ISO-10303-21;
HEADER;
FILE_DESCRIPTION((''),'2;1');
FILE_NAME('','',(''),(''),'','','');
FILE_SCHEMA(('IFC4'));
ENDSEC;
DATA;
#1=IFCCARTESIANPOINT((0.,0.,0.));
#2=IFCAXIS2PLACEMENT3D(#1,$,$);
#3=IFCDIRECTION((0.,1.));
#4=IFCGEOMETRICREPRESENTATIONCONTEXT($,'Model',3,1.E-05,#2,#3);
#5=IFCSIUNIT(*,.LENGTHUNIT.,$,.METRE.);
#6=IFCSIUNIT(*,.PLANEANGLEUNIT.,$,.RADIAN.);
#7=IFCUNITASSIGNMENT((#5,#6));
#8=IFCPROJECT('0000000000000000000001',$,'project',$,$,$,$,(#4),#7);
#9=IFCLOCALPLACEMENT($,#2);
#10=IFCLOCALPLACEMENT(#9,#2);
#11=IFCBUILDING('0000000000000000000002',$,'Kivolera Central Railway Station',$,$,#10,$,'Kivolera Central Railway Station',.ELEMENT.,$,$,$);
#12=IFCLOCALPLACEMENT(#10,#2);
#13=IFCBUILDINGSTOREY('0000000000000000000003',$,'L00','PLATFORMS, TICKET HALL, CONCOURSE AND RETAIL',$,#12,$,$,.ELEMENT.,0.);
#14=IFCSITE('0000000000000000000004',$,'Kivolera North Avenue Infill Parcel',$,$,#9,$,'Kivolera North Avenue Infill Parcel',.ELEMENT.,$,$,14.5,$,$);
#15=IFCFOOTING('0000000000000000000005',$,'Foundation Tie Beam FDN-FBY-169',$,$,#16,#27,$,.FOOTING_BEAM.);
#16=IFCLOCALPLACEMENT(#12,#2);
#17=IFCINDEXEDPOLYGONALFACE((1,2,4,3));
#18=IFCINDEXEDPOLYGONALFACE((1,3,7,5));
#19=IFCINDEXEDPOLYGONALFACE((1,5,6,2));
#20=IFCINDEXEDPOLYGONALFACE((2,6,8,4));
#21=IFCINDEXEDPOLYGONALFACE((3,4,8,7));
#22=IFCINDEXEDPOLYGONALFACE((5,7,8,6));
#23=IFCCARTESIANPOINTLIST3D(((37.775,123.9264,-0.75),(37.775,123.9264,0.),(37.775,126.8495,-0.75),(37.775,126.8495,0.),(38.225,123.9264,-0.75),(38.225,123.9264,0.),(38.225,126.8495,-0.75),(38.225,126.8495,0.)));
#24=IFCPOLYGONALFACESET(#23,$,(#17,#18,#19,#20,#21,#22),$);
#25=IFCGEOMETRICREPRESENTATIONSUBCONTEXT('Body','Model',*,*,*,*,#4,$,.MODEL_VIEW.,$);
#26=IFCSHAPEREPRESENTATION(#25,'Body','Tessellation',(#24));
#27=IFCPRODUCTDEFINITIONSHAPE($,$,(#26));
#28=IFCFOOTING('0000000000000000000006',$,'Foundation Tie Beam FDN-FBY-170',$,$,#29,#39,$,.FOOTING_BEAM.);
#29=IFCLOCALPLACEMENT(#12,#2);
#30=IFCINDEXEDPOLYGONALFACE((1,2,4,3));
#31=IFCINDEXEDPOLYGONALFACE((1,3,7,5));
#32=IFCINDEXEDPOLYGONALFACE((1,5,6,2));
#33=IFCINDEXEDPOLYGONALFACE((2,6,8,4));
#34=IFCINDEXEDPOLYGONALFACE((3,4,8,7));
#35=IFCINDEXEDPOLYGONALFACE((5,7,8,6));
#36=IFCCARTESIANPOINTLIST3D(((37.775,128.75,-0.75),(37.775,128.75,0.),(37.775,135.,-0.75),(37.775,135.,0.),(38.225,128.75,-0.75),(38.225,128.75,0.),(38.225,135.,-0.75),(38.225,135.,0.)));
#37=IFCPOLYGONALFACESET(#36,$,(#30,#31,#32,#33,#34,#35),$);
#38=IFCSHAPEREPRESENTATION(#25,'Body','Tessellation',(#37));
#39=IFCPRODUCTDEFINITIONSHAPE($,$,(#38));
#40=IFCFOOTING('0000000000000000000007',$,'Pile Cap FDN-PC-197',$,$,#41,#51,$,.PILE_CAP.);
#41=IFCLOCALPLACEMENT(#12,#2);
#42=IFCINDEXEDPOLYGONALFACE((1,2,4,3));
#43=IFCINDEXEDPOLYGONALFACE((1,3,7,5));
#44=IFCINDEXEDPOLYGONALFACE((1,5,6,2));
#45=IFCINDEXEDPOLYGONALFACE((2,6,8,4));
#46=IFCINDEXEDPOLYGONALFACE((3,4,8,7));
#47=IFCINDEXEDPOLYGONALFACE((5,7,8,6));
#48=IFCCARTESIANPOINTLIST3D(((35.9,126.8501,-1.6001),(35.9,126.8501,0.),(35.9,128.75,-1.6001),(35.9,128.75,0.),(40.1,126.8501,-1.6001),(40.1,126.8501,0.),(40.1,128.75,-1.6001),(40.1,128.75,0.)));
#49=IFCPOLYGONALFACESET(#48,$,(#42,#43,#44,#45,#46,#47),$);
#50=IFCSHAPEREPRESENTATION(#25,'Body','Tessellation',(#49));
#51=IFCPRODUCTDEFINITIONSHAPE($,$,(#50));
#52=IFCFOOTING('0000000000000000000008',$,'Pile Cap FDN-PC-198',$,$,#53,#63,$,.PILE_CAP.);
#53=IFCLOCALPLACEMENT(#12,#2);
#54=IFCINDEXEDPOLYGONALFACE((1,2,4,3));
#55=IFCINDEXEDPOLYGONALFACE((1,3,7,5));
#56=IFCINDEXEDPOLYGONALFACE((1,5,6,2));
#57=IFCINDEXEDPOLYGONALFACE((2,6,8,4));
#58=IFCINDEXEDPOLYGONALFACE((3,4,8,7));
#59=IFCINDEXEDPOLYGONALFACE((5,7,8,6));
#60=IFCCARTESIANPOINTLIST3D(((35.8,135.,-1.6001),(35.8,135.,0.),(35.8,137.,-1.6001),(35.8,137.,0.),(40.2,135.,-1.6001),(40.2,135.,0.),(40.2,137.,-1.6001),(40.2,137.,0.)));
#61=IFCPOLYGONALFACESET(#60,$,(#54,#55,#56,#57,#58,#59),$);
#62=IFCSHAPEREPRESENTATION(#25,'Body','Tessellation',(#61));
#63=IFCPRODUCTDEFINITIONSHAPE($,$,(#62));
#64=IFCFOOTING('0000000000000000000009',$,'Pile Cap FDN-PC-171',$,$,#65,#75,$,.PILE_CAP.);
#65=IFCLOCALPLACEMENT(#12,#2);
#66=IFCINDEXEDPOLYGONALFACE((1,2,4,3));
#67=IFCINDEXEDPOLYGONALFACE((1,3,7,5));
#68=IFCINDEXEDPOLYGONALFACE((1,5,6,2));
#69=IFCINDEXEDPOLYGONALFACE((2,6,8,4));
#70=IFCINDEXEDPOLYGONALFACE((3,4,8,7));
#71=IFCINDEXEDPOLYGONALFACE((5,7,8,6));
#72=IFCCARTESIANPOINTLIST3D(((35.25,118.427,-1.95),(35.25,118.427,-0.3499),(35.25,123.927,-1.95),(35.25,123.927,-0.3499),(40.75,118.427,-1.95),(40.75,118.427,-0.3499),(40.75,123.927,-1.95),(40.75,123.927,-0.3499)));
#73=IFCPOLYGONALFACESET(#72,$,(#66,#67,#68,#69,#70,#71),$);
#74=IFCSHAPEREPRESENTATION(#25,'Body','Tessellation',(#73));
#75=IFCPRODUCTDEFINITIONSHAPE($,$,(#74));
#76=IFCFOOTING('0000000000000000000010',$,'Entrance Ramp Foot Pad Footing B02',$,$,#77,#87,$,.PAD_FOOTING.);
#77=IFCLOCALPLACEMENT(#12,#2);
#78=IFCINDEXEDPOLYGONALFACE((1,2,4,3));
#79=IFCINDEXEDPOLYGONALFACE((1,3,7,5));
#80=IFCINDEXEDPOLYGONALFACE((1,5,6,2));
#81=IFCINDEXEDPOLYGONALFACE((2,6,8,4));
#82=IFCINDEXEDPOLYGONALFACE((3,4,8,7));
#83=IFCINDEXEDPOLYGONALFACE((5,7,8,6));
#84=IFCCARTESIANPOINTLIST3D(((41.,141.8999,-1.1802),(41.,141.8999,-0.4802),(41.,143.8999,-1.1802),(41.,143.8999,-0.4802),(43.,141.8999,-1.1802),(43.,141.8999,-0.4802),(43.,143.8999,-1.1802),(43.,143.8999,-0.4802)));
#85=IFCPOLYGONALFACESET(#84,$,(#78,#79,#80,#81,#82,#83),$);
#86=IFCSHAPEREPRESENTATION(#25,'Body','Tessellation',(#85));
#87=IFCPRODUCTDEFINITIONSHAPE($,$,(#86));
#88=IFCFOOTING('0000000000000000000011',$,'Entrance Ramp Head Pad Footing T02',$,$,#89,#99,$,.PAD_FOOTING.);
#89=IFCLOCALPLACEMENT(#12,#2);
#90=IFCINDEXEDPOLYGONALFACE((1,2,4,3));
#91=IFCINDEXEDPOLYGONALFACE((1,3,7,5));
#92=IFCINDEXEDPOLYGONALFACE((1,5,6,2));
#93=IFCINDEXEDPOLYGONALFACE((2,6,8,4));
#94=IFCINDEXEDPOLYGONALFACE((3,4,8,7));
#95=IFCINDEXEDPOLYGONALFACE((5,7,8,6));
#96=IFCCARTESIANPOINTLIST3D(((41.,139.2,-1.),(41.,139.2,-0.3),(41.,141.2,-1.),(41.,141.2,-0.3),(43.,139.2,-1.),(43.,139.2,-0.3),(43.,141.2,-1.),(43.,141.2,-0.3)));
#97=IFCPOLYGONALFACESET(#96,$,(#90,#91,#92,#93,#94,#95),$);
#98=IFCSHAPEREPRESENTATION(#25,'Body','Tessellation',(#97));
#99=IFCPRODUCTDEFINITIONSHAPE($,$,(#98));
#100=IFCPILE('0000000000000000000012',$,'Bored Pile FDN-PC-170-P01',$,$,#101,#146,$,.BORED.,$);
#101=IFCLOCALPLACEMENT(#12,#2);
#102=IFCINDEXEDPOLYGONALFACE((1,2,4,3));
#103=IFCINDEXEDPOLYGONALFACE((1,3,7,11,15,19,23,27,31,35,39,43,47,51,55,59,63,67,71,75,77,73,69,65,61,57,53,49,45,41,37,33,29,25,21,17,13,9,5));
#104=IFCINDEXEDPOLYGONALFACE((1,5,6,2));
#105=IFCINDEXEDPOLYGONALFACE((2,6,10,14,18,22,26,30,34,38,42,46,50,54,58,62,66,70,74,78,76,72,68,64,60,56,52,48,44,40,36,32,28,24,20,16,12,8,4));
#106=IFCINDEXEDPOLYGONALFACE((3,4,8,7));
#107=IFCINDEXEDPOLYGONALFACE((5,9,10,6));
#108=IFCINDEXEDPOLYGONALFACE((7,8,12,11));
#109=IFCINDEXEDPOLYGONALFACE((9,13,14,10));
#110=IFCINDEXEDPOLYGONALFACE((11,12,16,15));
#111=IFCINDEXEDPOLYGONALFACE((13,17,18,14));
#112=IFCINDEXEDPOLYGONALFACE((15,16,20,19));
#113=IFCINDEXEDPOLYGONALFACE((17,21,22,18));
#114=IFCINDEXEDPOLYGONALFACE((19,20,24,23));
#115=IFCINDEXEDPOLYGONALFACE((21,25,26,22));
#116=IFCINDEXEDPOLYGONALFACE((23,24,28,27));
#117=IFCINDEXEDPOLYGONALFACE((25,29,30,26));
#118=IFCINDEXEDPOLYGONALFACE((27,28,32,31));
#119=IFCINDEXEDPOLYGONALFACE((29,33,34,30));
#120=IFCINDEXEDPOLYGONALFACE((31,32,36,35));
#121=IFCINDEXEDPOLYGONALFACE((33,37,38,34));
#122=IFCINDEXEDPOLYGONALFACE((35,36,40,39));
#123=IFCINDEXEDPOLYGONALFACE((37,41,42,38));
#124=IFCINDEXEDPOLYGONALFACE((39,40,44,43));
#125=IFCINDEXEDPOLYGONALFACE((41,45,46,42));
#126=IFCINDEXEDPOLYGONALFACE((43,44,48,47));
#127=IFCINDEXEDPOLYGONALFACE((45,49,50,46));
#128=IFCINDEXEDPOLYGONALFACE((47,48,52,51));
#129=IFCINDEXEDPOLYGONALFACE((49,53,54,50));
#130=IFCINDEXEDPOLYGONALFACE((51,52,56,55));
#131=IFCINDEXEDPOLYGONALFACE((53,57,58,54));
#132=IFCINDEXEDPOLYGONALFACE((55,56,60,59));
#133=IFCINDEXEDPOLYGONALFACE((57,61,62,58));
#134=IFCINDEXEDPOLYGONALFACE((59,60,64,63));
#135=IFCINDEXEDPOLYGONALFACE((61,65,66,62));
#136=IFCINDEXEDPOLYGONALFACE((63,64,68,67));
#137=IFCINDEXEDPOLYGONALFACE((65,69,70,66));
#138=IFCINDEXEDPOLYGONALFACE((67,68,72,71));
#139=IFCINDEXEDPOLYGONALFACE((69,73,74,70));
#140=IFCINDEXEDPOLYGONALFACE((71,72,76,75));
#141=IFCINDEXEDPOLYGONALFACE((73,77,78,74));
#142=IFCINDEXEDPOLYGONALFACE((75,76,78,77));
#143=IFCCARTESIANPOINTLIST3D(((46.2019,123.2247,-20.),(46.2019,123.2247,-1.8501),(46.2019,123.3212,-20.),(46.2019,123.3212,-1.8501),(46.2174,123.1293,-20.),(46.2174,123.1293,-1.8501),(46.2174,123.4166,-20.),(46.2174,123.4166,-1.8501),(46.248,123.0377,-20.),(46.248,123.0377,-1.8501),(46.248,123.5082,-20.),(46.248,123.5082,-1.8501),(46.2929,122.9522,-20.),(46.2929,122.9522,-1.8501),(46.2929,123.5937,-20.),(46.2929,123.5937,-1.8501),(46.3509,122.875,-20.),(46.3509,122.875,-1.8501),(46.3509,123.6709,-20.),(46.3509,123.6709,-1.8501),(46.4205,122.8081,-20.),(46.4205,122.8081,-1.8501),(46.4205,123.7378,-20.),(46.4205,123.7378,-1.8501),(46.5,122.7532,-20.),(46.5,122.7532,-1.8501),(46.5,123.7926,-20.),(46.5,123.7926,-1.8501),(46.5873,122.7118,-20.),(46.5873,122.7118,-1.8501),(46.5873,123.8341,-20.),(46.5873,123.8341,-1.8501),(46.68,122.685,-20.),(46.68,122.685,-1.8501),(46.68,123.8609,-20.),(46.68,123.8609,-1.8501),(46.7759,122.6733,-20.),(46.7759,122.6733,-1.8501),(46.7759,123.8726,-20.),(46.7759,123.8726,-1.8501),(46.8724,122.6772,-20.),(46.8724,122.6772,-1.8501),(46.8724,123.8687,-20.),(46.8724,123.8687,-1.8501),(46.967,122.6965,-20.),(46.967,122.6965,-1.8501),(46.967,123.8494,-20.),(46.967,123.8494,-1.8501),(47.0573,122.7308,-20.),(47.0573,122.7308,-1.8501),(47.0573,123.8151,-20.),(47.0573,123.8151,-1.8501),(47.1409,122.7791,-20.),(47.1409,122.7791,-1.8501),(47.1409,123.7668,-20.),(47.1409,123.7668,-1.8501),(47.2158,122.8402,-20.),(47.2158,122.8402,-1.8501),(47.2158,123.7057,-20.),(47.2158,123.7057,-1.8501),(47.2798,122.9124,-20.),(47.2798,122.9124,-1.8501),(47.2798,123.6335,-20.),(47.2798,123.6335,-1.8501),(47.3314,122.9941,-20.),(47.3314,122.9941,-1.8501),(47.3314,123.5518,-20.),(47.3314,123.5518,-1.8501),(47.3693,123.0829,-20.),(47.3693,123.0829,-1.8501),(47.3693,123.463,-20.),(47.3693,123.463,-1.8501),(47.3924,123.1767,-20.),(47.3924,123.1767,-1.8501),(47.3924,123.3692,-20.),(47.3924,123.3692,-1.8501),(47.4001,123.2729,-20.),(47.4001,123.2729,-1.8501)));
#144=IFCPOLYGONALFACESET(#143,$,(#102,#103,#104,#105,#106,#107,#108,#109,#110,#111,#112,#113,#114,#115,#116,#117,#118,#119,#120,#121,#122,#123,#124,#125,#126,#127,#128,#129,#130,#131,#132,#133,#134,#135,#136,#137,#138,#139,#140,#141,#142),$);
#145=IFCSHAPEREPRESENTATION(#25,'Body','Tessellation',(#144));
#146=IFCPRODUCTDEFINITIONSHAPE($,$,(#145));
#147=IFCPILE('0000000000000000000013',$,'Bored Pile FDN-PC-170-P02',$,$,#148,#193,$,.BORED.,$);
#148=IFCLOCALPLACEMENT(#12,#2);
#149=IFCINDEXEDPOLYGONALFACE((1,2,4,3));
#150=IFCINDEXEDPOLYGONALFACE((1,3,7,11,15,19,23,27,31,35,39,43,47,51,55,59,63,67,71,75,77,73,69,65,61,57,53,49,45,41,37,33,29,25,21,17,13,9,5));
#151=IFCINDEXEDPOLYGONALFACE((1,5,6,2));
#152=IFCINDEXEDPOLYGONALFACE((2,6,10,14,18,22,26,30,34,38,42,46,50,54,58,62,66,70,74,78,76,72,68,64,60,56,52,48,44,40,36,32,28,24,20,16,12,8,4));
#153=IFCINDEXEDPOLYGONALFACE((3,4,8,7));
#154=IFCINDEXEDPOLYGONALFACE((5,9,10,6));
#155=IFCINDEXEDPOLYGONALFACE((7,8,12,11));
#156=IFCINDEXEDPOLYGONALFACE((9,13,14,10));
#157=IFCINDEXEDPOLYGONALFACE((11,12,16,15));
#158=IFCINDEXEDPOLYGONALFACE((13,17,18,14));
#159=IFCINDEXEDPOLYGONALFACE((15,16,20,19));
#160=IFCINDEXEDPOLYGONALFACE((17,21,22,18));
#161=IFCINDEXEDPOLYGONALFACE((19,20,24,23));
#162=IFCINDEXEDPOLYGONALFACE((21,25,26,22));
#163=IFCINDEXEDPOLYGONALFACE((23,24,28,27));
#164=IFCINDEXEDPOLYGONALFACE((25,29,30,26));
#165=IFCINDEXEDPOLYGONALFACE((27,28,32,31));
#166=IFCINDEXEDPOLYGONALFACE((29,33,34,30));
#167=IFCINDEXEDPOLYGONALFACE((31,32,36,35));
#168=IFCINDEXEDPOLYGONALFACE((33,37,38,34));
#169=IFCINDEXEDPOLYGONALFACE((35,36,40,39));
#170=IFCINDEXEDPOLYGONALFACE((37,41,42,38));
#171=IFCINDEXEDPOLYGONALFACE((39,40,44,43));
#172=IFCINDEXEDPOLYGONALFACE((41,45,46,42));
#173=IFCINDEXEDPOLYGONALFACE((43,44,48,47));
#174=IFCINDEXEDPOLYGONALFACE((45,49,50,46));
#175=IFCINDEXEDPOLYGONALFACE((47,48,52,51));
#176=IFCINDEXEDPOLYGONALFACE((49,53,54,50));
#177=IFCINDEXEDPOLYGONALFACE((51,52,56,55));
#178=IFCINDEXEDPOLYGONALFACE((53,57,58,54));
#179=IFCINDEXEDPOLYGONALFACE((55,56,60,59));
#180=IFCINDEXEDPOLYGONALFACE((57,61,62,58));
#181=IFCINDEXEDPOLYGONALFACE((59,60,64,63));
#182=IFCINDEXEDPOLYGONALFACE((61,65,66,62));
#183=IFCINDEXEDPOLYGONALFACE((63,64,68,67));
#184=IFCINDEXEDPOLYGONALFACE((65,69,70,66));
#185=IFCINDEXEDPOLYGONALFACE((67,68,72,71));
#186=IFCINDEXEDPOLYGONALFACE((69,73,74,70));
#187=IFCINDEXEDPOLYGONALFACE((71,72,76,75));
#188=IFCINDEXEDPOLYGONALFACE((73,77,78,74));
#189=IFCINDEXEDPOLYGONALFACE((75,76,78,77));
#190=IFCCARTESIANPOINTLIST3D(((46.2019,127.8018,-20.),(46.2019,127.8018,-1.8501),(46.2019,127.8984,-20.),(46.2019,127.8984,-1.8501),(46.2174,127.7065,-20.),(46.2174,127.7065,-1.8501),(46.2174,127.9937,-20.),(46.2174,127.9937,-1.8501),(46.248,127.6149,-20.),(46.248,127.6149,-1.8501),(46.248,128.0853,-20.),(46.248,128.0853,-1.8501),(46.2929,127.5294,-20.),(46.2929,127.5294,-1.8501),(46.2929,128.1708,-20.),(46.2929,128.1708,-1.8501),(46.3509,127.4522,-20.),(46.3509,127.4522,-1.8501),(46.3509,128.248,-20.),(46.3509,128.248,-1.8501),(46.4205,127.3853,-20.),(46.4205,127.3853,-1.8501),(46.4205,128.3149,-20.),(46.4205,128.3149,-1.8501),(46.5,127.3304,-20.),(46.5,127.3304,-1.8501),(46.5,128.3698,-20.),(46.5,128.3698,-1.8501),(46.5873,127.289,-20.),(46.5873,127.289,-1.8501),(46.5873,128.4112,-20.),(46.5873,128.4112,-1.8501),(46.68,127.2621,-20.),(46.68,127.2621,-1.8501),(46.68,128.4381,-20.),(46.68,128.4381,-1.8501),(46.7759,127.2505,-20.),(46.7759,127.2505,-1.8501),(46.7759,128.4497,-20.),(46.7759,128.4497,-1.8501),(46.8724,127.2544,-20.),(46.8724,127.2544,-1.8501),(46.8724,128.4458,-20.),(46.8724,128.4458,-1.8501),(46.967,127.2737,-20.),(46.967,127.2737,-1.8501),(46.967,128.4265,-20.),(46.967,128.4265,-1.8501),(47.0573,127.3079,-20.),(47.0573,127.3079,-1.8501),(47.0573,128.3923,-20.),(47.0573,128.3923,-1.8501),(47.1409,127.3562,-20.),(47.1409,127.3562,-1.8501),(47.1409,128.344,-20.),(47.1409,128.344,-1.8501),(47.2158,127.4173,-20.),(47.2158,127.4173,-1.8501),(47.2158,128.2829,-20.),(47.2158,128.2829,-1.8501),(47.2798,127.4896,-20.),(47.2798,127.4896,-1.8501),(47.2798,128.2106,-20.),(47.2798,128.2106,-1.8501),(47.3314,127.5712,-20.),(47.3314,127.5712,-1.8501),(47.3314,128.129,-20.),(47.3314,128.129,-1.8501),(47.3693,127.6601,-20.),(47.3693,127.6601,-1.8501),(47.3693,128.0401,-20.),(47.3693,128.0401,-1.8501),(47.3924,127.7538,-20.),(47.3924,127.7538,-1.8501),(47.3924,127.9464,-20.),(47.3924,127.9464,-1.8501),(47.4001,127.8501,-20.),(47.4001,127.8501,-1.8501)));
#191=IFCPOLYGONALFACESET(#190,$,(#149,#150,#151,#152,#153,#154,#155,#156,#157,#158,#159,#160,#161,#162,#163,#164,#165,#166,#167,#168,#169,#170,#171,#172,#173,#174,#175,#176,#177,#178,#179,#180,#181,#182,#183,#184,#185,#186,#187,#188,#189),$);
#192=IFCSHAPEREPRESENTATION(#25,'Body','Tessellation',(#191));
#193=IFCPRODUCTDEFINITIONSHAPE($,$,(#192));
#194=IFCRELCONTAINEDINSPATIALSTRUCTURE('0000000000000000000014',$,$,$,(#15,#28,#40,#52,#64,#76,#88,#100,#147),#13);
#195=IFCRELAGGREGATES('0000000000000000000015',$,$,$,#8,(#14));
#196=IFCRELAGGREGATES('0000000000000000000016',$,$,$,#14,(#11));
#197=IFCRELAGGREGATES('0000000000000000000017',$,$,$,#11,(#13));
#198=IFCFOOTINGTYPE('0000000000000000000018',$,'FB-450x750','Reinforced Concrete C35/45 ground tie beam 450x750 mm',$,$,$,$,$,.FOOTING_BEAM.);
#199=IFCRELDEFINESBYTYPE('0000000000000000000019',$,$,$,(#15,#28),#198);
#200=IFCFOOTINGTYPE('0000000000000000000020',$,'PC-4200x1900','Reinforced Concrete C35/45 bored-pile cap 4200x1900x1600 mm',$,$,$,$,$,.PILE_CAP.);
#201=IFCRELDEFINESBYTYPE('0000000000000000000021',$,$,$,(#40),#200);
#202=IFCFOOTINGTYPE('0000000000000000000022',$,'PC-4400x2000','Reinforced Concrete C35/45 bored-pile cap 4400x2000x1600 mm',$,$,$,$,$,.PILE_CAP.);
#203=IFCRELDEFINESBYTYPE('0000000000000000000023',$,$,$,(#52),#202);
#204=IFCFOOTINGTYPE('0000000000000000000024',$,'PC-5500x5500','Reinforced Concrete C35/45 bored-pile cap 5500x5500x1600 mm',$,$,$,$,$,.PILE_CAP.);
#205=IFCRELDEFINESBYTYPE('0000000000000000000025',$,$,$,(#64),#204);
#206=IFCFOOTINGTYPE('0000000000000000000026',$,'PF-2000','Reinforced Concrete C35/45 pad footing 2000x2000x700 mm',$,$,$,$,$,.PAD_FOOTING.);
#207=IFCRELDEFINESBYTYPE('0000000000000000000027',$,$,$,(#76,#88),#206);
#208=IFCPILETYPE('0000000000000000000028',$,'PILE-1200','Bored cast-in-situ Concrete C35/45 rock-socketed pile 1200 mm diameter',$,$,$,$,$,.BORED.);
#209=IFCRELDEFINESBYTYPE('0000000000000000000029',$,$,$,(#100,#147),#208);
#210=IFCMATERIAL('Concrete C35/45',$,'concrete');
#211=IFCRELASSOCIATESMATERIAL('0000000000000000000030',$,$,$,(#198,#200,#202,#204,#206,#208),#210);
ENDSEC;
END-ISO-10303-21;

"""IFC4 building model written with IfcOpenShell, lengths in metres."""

from ifc_helpers import new_model, si_unit, direction, frame, origin, origin_2d, place, context, subcontext, project, spatial, rectangle, circle, extrude, material, material_profile, profile_set, type_object, element, save


model = new_model("IFC4")

# Units and contexts
model_context = context("Model", 3, precision=1e-05, world=origin(), true_north=direction((0.0, 1.0)))
body_context = subcontext(model_context, "Body", "Model", "MODEL_VIEW")
ifc_project = project(units=[si_unit("LENGTHUNIT", "METRE"), si_unit("PLANEANGLEUNIT", "RADIAN")], contexts=[model_context])

# Site, building, storey
site_placement = place(None, origin())
site = spatial("IfcSite", under=ifc_project, at=site_placement, Name="Kivolera North Avenue Infill Parcel", LongName="Kivolera North Avenue Infill Parcel", CompositionType="ELEMENT", RefElevation=14.5)
building_placement = place(site_placement, origin())
building = spatial("IfcBuilding", under=site, at=building_placement, Name="Kivolera Central Railway Station", LongName="Kivolera Central Railway Station", CompositionType="ELEMENT")
storey_placement = place(building_placement, origin())
storey = spatial("IfcBuildingStorey", under=building, at=storey_placement, Name="L00", Description="PLATFORMS, TICKET HALL, CONCOURSE AND RETAIL", CompositionType="ELEMENT", Elevation=0.0)

# Footings
ifc_material_1 = material(Name="Concrete C35/45", Category="concrete")
footing_type_1 = type_object("IfcFootingType", Name="FB-450x750", Description="Reinforced Concrete C35/45 ground tie beam 450x750 mm", PredefinedType="FOOTING_BEAM", material=ifc_material_1)
footing_1_placement = place(storey_placement, frame((38.0, 125.3879, -0.75), z_axis=(0.0, 0.0, 1.0), x_axis=(1.0, 0.0, 0.0)))
element("IfcFooting", 1, at=footing_1_placement, inside=storey, type_object=footing_type_1, Name="Foundation Tie Beam FDN-FBY-169", PredefinedType="FOOTING_BEAM", context=body_context, shape_type="SweptSolid", body=[
    extrude(rectangle(XDim=0.45, YDim=2.9231, at=origin_2d()), origin(), (0.0, 0.0, 1.0), 0.75),
])
footing_2_placement = place(storey_placement, frame((38.0, 131.875, -0.75), z_axis=(0.0, 0.0, 1.0), x_axis=(1.0, 0.0, 0.0)))
element("IfcFooting", 2, at=footing_2_placement, inside=storey, type_object=footing_type_1, Name="Foundation Tie Beam FDN-FBY-170", PredefinedType="FOOTING_BEAM", context=body_context, shape_type="SweptSolid", body=[
    extrude(rectangle(XDim=0.45, YDim=6.25, at=origin_2d()), origin(), (0.0, 0.0, 1.0), 0.75),
])
footing_type_2 = type_object("IfcFootingType", Name="PC-4200x1900", Description="Reinforced Concrete C35/45 bored-pile cap 4200x1900x1600 mm", PredefinedType="PILE_CAP", material=ifc_material_1)
footing_3_placement = place(storey_placement, frame((38.0, 127.8, -1.6001), z_axis=(0.0, 0.0, 1.0), x_axis=(1.0, 0.0, 0.0)))
element("IfcFooting", 3, at=footing_3_placement, inside=storey, type_object=footing_type_2, Name="Pile Cap FDN-PC-197", PredefinedType="PILE_CAP", context=body_context, shape_type="SweptSolid", body=[
    extrude(rectangle(XDim=4.2, YDim=1.8999, at=origin_2d()), origin(), (0.0, 0.0, 1.0), 1.6001),
])
footing_type_3 = type_object("IfcFootingType", Name="PC-4400x2000", Description="Reinforced Concrete C35/45 bored-pile cap 4400x2000x1600 mm", PredefinedType="PILE_CAP", material=ifc_material_1)
footing_4_placement = place(storey_placement, frame((38.0, 136.0, -1.6001), z_axis=(0.0, 0.0, 1.0), x_axis=(1.0, 0.0, 0.0)))
element("IfcFooting", 4, at=footing_4_placement, inside=storey, type_object=footing_type_3, Name="Pile Cap FDN-PC-198", PredefinedType="PILE_CAP", context=body_context, shape_type="SweptSolid", body=[
    extrude(rectangle(XDim=4.3999, YDim=2.0, at=origin_2d()), origin(), (0.0, 0.0, 1.0), 1.6001),
])
footing_type_4 = type_object("IfcFootingType", Name="PC-5500x5500", Description="Reinforced Concrete C35/45 bored-pile cap 5500x5500x1600 mm", PredefinedType="PILE_CAP", material=ifc_material_1)
footing_5_placement = place(storey_placement, frame((38.0, 121.177, -1.95), z_axis=(0.0, 0.0, 1.0), x_axis=(1.0, 0.0, 0.0)))
element("IfcFooting", 5, at=footing_5_placement, inside=storey, type_object=footing_type_4, Name="Pile Cap FDN-PC-171", PredefinedType="PILE_CAP", context=body_context, shape_type="SweptSolid", body=[
    extrude(rectangle(XDim=5.5, YDim=5.5, at=origin_2d()), origin(), (0.0, 0.0, 1.0), 1.6001),
])
footing_type_5 = type_object("IfcFootingType", Name="PF-2000", Description="Reinforced Concrete C35/45 pad footing 2000x2000x700 mm", PredefinedType="PAD_FOOTING", material=ifc_material_1)
for number, where, z_axis, x_axis, name in (
    (6, (42.0, 142.8999, -1.1802), (0.0, 0.0, 1.0), (1.0, 0.0, 0.0), "Entrance Ramp Foot Pad Footing B02"),
    (7, (42.0, 140.2, -1.0), (0.0, 0.0, 1.0), (1.0, 0.0, 0.0), "Entrance Ramp Head Pad Footing T02"),
):
    element("IfcFooting", number, at=place(storey_placement, frame(where, z_axis=z_axis, x_axis=x_axis)), inside=storey, type_object=footing_type_5, Name=name, PredefinedType="PAD_FOOTING", context=body_context, shape_type="SweptSolid", body=[
        extrude(rectangle(XDim=2.0, YDim=2.0, at=origin_2d()), origin(), (0.0, 0.0, 1.0), 0.7),
    ])

# Piles
ifc_material_profile_1 = material_profile(ifc_material_1, circle(Radius=0.6001, at=origin_2d()), Name="PILE D1200")
ifc_profile_set_1 = profile_set([ifc_material_profile_1], Name="Concrete C35/45")
pile_type_1 = type_object("IfcPileType", Name="PILE-1200", Description="Bored cast-in-situ Concrete C35/45 rock-socketed pile 1200 mm diameter", PredefinedType="BORED", material=ifc_profile_set_1)
for number, where, z_axis, x_axis, name in (
    (8, (46.8, 123.2729, -1.8501), (0.0, 0.0, -1.0), (1.0, 0.0, 0.0), "Bored Pile FDN-PC-170-P01"),
    (9, (46.8, 127.8501, -1.8501), (0.0, 0.0, -1.0), (1.0, 0.0, 0.0), "Bored Pile FDN-PC-170-P02"),
):
    element("IfcPile", number, at=place(storey_placement, frame(where, z_axis=z_axis, x_axis=x_axis)), inside=storey, type_object=pile_type_1, Name=name, PredefinedType="BORED", context=body_context, shape_type="SweptSolid", body=[
        extrude(circle(Radius=0.6001, at=origin_2d()), origin(), (0.0, 0.0, 1.0), 18.1499),
    ])

save(model, "model.ifc")
